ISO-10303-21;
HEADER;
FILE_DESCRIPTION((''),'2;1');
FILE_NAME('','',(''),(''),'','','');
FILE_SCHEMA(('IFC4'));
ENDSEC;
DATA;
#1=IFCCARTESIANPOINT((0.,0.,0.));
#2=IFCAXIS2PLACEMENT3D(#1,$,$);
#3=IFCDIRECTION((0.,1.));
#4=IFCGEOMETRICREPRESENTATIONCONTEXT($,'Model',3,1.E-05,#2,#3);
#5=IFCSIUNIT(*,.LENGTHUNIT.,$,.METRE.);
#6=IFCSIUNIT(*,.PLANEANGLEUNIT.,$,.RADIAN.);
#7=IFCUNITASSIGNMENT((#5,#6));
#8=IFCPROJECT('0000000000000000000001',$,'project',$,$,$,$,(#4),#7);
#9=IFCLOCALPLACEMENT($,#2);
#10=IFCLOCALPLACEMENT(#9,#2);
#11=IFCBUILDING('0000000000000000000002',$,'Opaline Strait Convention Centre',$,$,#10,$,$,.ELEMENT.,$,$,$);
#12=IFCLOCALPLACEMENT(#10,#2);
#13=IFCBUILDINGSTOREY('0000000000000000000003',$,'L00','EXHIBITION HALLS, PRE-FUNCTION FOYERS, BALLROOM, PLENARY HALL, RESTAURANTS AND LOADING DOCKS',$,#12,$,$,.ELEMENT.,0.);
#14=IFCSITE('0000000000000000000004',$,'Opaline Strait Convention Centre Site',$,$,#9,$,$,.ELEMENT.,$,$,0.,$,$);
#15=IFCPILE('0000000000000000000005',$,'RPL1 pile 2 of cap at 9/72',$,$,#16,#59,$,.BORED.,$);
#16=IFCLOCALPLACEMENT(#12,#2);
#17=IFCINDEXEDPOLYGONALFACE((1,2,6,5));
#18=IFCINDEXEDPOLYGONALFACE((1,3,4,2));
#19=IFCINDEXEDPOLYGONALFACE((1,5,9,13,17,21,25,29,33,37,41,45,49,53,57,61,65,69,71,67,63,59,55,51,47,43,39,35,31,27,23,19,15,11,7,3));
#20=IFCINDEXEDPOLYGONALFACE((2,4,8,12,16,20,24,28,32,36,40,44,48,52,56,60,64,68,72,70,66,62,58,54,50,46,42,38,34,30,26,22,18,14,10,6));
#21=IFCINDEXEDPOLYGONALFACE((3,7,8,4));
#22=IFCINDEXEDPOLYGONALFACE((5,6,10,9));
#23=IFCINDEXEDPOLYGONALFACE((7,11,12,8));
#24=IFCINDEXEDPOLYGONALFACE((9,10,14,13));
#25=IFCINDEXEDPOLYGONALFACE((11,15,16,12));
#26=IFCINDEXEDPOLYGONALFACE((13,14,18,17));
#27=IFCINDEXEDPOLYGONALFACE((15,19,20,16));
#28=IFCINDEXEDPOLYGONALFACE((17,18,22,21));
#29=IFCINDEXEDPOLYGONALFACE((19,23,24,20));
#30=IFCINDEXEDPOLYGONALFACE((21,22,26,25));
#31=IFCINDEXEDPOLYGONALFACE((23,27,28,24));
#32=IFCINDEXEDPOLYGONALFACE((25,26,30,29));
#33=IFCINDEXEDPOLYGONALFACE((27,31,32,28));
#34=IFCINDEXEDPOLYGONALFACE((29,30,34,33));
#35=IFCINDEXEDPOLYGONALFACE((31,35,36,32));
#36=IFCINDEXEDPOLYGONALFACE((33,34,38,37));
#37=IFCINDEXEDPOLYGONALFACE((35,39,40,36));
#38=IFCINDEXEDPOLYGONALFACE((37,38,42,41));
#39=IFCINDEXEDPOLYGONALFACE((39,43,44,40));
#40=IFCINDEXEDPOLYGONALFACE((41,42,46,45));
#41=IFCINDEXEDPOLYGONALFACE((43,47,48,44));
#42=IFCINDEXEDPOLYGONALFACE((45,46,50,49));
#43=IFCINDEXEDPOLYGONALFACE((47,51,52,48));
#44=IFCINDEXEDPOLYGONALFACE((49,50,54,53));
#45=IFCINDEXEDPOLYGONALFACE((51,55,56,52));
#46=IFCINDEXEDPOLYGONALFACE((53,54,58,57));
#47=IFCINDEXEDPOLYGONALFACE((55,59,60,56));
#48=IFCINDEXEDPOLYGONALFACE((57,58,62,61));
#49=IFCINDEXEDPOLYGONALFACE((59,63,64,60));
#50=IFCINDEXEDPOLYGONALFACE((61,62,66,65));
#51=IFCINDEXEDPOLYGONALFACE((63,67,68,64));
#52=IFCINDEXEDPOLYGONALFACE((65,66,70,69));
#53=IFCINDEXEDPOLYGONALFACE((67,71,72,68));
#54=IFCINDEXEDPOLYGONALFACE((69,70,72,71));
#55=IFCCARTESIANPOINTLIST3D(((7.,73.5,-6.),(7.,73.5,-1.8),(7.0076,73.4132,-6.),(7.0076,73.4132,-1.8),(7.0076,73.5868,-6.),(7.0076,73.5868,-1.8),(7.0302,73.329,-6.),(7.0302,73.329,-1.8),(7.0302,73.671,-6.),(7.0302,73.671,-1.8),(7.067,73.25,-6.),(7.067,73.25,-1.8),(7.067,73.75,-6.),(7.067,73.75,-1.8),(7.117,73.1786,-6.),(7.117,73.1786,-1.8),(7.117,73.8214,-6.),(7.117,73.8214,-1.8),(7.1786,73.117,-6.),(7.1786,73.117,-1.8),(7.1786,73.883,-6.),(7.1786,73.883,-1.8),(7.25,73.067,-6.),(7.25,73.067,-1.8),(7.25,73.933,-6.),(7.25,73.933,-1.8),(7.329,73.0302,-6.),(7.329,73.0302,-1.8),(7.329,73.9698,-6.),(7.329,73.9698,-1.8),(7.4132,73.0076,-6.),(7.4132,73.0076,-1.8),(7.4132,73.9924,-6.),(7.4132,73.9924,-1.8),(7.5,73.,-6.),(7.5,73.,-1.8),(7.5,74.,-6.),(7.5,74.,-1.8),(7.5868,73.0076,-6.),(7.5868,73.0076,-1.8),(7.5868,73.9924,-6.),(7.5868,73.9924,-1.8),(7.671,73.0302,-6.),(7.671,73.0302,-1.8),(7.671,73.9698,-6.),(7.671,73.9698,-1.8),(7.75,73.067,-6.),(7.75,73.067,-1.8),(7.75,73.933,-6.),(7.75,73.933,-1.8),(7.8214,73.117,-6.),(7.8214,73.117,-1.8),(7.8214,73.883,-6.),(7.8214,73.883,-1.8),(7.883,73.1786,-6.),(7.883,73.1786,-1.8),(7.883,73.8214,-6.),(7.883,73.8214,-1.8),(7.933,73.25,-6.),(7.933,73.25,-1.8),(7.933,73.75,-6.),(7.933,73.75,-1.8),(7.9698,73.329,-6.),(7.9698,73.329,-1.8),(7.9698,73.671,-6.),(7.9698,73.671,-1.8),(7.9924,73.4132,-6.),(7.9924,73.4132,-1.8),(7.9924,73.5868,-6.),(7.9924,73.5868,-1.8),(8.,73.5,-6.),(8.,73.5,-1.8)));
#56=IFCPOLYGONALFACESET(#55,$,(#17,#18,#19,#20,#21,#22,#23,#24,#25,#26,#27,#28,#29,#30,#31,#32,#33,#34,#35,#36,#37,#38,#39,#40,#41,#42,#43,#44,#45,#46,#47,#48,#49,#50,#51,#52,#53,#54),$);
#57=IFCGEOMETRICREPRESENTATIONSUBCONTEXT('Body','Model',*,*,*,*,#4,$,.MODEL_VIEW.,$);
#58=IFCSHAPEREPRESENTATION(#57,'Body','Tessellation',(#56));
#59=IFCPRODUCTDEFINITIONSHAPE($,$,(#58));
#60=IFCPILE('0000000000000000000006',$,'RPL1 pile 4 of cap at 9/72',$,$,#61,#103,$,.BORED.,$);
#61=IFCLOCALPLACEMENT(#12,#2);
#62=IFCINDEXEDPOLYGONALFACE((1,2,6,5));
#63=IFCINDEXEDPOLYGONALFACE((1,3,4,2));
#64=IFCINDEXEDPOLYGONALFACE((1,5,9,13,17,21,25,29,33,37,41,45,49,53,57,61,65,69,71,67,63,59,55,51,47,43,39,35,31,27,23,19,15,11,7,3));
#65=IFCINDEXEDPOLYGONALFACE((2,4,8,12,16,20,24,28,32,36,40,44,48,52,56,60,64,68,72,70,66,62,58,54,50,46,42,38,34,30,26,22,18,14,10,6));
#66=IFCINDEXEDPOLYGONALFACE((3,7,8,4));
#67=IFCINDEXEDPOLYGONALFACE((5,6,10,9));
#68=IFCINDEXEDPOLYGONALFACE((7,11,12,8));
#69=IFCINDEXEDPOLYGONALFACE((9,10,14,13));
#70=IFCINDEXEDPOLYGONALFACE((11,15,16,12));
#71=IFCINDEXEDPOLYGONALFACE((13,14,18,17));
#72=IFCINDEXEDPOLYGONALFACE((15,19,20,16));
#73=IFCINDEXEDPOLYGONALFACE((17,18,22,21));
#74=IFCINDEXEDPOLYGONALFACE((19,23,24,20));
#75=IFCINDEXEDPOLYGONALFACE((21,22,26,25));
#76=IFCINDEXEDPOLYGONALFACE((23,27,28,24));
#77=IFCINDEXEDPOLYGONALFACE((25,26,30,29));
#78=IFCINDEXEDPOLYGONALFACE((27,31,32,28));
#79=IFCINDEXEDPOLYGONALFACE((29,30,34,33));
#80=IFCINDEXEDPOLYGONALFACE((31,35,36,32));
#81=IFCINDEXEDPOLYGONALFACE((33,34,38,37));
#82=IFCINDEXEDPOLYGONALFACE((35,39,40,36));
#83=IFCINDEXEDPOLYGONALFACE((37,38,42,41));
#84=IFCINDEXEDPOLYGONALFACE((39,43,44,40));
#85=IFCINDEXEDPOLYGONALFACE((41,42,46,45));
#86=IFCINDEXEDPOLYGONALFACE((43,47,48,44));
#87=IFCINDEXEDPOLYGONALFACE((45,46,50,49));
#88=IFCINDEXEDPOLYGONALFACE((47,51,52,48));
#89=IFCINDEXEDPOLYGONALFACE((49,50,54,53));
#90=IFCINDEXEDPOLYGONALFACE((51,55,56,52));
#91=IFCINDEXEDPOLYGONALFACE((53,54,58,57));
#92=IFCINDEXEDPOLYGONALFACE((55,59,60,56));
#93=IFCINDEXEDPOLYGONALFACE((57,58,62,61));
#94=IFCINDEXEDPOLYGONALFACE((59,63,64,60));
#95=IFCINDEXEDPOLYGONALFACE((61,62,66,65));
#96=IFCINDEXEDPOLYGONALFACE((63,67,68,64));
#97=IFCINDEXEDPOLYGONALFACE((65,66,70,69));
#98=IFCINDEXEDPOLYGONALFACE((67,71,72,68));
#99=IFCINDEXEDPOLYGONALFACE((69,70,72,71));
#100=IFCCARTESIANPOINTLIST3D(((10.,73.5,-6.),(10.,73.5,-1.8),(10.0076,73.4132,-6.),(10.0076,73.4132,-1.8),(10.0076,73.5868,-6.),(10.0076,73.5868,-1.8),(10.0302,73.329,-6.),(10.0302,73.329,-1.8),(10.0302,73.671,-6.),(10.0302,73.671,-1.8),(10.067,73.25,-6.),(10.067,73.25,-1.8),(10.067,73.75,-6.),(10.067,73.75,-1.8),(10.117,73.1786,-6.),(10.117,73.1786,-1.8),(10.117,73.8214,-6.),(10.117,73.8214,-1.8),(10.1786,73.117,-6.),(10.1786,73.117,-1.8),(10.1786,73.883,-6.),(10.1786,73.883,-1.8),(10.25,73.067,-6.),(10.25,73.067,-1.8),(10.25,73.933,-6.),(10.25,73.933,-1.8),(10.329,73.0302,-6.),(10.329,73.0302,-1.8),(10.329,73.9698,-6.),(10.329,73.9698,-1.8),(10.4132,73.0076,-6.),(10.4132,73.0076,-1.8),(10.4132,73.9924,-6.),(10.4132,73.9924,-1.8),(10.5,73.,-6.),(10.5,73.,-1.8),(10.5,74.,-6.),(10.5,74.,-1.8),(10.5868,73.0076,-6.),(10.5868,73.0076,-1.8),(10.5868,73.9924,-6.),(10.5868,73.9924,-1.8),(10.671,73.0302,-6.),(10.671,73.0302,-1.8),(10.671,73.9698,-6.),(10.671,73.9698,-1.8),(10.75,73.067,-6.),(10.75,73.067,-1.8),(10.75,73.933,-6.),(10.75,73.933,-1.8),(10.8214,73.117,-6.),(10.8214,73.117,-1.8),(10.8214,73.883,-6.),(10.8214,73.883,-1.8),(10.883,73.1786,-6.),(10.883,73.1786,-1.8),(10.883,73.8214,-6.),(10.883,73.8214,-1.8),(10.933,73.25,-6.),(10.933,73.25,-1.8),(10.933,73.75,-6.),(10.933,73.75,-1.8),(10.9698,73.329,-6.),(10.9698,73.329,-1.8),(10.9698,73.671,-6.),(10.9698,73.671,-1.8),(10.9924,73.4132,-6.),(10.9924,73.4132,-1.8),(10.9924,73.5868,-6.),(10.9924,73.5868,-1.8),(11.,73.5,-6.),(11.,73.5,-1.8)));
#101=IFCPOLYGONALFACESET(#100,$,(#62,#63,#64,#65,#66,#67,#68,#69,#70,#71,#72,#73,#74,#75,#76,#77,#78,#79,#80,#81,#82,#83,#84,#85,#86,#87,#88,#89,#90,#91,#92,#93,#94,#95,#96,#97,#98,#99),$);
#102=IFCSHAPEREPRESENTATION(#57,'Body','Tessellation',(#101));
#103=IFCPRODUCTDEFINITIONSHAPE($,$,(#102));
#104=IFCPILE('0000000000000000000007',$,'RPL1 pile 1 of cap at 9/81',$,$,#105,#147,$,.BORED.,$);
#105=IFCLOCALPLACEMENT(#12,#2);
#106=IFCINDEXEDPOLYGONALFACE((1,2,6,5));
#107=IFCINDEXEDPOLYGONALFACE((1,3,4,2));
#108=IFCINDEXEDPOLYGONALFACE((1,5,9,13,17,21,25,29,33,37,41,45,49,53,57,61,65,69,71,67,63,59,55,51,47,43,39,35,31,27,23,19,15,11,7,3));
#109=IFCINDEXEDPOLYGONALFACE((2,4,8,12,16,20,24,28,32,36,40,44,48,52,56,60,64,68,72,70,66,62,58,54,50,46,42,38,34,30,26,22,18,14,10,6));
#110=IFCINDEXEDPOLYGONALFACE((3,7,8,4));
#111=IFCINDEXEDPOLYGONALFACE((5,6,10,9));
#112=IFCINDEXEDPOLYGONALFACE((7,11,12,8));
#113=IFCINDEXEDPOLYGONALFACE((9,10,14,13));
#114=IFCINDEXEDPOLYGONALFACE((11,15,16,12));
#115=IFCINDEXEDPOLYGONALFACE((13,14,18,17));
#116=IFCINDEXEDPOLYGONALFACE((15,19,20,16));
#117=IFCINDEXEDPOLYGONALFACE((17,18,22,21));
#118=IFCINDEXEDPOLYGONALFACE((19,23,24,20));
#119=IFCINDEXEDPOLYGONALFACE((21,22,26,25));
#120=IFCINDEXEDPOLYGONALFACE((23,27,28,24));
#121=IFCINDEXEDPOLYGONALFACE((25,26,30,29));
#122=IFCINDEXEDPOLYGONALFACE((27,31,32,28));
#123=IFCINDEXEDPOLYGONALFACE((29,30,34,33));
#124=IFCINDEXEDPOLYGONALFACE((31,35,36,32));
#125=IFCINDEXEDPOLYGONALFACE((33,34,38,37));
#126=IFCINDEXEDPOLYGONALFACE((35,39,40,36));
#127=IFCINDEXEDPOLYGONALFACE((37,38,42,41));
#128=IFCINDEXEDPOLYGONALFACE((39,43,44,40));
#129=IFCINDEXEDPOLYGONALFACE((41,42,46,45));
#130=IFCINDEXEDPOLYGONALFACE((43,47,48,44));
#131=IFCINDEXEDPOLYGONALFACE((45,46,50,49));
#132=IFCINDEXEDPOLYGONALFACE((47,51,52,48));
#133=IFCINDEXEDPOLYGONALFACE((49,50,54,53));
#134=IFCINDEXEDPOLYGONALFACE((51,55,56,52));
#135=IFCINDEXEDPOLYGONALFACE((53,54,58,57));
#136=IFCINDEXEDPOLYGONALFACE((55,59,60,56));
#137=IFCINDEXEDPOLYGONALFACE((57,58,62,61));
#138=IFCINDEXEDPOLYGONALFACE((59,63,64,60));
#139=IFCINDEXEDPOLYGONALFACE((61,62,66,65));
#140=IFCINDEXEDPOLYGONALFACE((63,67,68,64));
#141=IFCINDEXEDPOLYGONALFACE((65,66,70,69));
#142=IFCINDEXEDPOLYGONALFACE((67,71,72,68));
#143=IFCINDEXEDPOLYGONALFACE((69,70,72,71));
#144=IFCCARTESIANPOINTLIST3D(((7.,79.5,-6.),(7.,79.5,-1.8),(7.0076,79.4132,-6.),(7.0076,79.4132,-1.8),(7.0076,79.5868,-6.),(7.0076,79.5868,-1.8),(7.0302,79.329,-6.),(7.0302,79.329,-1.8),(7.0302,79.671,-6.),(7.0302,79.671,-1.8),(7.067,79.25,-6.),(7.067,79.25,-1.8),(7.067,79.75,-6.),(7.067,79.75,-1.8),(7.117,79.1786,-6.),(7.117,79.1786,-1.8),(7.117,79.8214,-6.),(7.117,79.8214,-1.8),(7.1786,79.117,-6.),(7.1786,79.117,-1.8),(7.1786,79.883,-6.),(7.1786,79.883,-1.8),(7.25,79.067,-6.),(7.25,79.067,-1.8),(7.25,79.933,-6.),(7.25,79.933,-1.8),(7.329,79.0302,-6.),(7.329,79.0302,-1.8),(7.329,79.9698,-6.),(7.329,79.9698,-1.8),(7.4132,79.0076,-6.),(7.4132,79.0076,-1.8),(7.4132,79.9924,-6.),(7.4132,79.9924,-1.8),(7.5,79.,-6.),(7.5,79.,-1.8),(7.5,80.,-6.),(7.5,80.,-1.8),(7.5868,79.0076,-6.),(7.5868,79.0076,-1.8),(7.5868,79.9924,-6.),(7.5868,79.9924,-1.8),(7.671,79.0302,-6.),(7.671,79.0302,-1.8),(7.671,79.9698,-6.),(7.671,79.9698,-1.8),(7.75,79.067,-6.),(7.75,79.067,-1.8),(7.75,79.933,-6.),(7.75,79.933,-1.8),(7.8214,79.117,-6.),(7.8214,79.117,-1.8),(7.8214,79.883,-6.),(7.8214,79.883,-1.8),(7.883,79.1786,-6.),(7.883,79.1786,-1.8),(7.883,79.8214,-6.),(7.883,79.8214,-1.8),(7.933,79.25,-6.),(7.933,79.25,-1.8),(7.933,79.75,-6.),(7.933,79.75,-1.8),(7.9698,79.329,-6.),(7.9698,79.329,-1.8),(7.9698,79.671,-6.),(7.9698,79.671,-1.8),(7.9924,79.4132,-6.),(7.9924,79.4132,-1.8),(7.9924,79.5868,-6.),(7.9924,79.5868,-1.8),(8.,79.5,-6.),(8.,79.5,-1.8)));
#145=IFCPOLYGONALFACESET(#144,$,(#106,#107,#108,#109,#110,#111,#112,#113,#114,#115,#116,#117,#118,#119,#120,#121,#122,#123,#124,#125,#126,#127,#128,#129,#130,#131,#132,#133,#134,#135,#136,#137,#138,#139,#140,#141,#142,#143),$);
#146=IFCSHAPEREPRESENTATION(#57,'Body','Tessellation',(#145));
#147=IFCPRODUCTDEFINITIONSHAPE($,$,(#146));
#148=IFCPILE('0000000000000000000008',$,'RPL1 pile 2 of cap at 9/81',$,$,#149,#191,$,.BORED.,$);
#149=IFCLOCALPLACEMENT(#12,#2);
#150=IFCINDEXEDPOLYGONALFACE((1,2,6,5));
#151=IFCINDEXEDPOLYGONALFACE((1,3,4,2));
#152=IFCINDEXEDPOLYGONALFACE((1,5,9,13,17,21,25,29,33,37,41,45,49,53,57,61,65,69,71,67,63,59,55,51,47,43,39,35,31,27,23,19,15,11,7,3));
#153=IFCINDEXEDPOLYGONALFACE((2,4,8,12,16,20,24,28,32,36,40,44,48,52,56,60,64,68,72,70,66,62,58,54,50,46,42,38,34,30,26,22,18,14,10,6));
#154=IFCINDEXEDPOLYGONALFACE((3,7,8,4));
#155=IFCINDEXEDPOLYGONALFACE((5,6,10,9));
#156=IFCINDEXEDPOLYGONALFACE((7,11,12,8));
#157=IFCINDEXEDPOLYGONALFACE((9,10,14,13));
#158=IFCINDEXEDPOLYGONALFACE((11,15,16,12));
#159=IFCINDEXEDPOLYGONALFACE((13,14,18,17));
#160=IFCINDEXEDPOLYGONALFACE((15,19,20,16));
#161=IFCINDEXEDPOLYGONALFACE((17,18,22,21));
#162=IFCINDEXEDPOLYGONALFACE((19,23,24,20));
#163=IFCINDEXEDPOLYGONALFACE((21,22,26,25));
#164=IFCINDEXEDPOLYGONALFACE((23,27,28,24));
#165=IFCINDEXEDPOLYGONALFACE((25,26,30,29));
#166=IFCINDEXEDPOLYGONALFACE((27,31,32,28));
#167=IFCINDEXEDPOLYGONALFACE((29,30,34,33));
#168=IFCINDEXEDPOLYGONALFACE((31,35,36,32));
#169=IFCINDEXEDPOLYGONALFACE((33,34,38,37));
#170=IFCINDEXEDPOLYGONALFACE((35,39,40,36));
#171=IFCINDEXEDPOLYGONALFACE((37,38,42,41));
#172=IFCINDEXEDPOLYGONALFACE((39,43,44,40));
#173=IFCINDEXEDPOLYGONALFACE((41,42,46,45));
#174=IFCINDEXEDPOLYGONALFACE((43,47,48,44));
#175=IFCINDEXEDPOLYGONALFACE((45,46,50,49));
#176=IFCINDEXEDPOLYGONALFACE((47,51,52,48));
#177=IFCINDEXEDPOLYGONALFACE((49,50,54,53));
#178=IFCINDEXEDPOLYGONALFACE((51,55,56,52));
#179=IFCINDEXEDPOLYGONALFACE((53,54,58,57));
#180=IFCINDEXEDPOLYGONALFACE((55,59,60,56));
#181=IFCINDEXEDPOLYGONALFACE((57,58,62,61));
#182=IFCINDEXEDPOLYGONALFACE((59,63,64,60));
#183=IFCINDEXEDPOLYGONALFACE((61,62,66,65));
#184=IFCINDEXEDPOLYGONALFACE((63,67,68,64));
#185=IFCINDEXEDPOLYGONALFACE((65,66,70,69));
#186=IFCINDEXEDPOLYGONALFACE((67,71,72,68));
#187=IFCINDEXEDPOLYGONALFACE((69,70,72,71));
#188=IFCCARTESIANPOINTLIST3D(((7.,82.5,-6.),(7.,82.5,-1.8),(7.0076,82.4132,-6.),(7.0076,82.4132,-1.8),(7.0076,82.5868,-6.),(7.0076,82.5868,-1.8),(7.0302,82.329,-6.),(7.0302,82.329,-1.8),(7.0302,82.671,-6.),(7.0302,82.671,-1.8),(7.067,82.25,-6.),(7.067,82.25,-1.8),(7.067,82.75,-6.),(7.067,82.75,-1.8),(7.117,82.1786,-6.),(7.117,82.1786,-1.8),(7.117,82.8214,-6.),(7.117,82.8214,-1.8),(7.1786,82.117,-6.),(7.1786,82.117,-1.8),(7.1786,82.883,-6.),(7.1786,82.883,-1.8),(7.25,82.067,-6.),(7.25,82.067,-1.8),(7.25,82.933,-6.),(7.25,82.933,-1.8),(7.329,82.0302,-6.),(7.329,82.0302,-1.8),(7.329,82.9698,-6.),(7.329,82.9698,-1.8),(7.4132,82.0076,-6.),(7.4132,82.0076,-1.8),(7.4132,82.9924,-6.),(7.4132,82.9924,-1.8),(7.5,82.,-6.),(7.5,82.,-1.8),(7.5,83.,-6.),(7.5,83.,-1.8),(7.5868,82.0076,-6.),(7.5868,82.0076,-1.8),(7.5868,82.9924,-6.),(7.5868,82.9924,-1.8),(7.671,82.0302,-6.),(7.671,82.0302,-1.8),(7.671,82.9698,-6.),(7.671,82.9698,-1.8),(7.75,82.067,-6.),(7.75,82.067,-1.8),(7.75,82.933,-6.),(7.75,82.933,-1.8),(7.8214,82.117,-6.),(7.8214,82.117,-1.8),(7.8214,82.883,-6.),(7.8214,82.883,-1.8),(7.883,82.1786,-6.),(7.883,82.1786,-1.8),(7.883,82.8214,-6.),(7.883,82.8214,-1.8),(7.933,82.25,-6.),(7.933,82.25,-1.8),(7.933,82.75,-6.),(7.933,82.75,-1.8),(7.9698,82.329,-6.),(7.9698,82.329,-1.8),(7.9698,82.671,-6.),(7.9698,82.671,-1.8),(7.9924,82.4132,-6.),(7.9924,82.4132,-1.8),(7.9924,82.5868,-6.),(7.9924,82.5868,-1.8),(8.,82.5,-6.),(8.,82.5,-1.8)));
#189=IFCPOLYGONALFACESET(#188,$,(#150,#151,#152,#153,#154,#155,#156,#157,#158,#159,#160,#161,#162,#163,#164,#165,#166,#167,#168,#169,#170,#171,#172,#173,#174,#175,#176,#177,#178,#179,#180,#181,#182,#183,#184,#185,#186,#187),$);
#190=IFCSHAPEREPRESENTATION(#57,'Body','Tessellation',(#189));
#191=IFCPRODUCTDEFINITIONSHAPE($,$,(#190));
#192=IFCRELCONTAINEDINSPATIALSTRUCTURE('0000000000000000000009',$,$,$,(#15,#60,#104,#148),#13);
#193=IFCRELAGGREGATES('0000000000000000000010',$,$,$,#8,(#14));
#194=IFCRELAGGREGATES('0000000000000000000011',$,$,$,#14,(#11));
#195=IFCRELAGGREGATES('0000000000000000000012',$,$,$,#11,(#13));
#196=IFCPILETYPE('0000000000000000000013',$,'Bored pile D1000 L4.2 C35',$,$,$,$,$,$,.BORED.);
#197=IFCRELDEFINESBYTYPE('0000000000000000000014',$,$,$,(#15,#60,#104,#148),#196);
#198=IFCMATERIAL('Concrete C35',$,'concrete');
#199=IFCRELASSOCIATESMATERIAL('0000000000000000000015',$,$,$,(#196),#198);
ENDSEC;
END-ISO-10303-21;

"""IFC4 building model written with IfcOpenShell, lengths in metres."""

from ifc_helpers import new_model, si_unit, direction, frame, origin, origin_2d, place, context, subcontext, project, spatial, circle, extrude, material, material_profile, profile_set, type_object, element, save


model = new_model("IFC4")

# Units and contexts
model_context = context("Model", 3, precision=1e-05, world=origin(), true_north=direction((0.0, 1.0)))
body_context = subcontext(model_context, "Body", "Model", "MODEL_VIEW")
ifc_project = project(units=[si_unit("LENGTHUNIT", "METRE"), si_unit("PLANEANGLEUNIT", "RADIAN")], contexts=[model_context])

# Site, building, storey
site_placement = place(None, origin())
site = spatial("IfcSite", under=ifc_project, at=site_placement, Name="Opaline Strait Convention Centre Site", CompositionType="ELEMENT", RefElevation=0.0)
building_placement = place(site_placement, origin())
building = spatial("IfcBuilding", under=site, at=building_placement, Name="Opaline Strait Convention Centre", CompositionType="ELEMENT")
storey_placement = place(building_placement, origin())
storey = spatial("IfcBuildingStorey", under=building, at=storey_placement, Name="L00", Description="EXHIBITION HALLS, PRE-FUNCTION FOYERS, BALLROOM, PLENARY HALL, RESTAURANTS AND LOADING DOCKS", CompositionType="ELEMENT", Elevation=0.0)

# Piles
ifc_material_1 = material(Name="Concrete C35", Category="concrete")
ifc_material_profile_1 = material_profile(ifc_material_1, circle(Radius=0.5, at=origin_2d()), Name="D1000")
ifc_profile_set_1 = profile_set([ifc_material_profile_1], Name="Concrete C35")
pile_type = type_object("IfcPileType", Name="Bored pile D1000 L4.2 C35", PredefinedType="BORED", material=ifc_profile_set_1)
for number, where, z_axis, x_axis, name in (
    (1, (7.5, 73.5, -1.8), (0.0, 0.0, -1.0), (1.0, 0.0, 0.0), "RPL1 pile 2 of cap at 9/72"),
    (2, (10.5, 73.5, -1.8), (0.0, 0.0, -1.0), (1.0, 0.0, 0.0), "RPL1 pile 4 of cap at 9/72"),
    (3, (7.5, 79.5, -1.8), (0.0, 0.0, -1.0), (1.0, 0.0, 0.0), "RPL1 pile 1 of cap at 9/81"),
    (4, (7.5, 82.5, -1.8), (0.0, 0.0, -1.0), (1.0, 0.0, 0.0), "RPL1 pile 2 of cap at 9/81"),
):
    element("IfcPile", number, at=place(storey_placement, frame(where, z_axis=z_axis, x_axis=x_axis)), inside=storey, type_object=pile_type, Name=name, PredefinedType="BORED", context=body_context, shape_type="SweptSolid", body=[
        extrude(circle(Radius=0.5, at=origin_2d()), origin(), (0.0, 0.0, 1.0), 4.2),
    ])

save(model, "model.ifc")
